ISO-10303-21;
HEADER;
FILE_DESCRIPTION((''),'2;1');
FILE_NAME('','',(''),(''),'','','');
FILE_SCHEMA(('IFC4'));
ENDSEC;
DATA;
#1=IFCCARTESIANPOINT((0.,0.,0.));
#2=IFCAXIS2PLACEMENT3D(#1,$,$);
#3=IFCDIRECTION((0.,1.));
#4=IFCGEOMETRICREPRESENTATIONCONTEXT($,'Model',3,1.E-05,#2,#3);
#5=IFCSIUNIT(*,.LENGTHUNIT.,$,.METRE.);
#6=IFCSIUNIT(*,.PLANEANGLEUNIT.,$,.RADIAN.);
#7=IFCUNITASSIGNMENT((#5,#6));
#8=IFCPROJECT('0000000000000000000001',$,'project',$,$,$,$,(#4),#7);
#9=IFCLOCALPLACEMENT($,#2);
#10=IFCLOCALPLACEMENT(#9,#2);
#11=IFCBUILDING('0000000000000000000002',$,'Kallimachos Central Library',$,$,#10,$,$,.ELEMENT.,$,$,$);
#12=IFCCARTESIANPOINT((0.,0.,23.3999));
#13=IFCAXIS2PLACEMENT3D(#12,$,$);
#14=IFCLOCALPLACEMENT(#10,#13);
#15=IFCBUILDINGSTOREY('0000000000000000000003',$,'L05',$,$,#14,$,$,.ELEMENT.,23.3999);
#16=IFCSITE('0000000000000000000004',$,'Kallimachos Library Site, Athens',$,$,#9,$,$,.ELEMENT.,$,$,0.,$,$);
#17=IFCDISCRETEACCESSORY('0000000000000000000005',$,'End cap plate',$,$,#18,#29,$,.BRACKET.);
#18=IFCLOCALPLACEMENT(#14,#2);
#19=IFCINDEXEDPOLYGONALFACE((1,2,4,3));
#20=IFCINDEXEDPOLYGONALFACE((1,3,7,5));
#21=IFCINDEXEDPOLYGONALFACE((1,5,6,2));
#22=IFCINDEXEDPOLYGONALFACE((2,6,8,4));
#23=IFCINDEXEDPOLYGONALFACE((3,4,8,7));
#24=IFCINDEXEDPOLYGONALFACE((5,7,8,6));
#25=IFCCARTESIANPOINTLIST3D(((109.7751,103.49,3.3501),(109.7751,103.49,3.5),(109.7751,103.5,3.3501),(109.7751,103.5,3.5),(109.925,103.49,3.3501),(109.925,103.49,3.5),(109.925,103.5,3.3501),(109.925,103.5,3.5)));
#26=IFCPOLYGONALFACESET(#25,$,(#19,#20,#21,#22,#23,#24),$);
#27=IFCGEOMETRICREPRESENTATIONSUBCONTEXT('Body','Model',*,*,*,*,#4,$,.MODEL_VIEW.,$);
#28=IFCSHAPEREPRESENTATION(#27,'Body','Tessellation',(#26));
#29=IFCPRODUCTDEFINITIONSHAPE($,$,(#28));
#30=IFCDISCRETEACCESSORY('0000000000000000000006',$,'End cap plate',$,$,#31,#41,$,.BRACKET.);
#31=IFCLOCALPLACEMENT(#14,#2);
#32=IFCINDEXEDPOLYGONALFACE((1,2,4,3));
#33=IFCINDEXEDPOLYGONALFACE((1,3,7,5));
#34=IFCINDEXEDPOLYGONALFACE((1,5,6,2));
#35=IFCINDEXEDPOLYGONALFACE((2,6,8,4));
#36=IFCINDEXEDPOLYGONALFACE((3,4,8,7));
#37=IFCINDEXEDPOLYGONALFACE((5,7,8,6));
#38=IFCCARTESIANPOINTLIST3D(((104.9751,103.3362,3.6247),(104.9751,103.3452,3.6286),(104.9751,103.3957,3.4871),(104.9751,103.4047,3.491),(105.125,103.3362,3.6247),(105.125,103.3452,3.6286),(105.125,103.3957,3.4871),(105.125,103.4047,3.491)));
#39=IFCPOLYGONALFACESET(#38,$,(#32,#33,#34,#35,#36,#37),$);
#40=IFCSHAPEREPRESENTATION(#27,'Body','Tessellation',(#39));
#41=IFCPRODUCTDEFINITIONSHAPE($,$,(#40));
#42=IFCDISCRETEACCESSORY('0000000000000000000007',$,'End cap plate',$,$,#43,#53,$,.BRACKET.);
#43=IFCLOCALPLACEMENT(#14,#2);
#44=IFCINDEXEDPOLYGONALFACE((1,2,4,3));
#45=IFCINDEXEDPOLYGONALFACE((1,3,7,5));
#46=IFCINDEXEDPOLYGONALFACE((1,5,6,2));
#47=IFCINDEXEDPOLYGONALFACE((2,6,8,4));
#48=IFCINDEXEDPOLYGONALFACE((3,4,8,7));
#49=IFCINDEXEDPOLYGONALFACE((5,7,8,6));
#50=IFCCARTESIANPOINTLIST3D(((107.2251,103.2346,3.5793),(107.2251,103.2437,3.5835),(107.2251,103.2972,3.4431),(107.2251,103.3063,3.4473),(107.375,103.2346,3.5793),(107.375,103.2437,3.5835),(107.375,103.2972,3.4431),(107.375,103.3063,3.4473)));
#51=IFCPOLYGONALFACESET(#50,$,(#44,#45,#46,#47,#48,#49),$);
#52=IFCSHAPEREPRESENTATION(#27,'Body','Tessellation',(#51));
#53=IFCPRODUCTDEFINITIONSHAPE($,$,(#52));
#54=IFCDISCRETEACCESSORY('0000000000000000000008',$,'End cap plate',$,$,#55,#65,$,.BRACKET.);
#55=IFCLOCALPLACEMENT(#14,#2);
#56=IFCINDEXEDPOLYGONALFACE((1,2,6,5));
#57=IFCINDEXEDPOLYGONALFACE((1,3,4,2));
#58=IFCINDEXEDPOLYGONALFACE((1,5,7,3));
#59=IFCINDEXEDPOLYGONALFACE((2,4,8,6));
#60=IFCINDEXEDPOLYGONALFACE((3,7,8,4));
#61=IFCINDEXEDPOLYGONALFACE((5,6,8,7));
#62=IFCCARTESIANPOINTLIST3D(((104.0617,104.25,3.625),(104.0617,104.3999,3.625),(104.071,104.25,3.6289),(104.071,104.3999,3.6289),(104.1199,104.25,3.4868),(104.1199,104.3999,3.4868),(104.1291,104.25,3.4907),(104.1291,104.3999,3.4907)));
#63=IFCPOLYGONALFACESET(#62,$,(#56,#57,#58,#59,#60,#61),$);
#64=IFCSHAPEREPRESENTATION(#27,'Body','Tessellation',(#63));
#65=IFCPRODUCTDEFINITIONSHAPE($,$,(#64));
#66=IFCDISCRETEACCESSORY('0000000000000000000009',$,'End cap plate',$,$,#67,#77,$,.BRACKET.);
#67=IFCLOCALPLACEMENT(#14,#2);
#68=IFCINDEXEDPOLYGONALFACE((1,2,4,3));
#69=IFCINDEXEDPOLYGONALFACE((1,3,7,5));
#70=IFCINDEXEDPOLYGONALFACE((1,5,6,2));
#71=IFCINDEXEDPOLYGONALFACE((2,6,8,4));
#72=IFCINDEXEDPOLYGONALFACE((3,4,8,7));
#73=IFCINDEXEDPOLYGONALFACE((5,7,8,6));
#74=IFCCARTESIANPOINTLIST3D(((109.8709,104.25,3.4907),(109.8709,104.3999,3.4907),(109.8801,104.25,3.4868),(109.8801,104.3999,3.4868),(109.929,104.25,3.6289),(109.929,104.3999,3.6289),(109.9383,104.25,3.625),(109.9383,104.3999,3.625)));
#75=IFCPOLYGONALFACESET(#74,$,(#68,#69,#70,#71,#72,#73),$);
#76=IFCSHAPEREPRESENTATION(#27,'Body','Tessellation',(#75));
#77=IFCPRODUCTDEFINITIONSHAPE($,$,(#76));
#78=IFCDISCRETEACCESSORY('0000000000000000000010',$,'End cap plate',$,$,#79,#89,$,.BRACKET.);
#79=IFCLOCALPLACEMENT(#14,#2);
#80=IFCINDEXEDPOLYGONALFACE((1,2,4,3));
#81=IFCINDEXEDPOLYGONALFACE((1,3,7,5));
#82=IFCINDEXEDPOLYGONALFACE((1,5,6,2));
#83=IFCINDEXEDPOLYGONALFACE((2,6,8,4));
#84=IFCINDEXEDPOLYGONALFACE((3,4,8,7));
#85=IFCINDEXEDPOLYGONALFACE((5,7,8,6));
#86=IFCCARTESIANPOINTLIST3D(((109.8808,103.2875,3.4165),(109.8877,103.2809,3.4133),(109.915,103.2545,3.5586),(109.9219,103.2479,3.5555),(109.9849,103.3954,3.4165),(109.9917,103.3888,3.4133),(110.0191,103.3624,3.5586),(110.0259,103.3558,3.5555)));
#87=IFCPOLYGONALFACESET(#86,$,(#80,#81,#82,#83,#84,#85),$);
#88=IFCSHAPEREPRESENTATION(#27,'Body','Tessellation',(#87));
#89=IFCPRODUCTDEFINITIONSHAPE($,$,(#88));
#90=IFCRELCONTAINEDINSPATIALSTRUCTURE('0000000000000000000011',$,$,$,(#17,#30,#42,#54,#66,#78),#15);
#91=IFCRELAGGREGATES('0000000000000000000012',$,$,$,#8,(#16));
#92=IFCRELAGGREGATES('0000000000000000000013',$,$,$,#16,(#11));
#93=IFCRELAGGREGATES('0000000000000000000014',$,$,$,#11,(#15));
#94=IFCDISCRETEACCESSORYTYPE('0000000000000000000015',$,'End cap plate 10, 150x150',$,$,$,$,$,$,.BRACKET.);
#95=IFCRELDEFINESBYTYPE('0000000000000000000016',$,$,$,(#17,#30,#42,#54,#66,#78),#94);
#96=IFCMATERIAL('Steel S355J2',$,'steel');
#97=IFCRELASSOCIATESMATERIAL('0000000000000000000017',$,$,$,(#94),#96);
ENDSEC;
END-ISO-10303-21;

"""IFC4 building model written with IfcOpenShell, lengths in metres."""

from ifc_helpers import new_model, si_unit, direction, frame, origin, origin_2d, place, context, subcontext, project, spatial, rectangle, extrude, material, material_profile, profile_set, type_object, element, save


model = new_model("IFC4")

# Units and contexts
model_context = context("Model", 3, precision=1e-05, world=origin(), true_north=direction((0.0, 1.0)))
body_context = subcontext(model_context, "Body", "Model", "MODEL_VIEW")
ifc_project = project(units=[si_unit("LENGTHUNIT", "METRE"), si_unit("PLANEANGLEUNIT", "RADIAN")], contexts=[model_context])

# Site, building, storey
site_placement = place(None, origin())
site = spatial("IfcSite", under=ifc_project, at=site_placement, Name="Kallimachos Library Site, Athens", CompositionType="ELEMENT", RefElevation=0.0)
building_placement = place(site_placement, origin())
building = spatial("IfcBuilding", under=site, at=building_placement, Name="Kallimachos Central Library", CompositionType="ELEMENT")
storey_placement = place(building_placement, frame((0.0, 0.0, 23.3999)))
storey = spatial("IfcBuildingStorey", under=building, at=storey_placement, Name="L05", CompositionType="ELEMENT", Elevation=23.3999)

# Discrete accessories
ifc_material_1 = material(Name="Steel S355J2", Category="steel")
ifc_material_profile_1 = material_profile(ifc_material_1, rectangle(XDim=0.1499, YDim=0.1499, at=origin_2d()), Name="End cap plate 10, 150x150")
ifc_profile_set_1 = profile_set([ifc_material_profile_1], Name="Steel S355J2")
discrete_accessory_type = type_object("IfcDiscreteAccessoryType", Name="End cap plate 10, 150x150", PredefinedType="BRACKET", material=ifc_profile_set_1)
for number, where, z_axis, x_axis, name in (
    (1, (109.8501, 103.49, 3.425), (0.0, 1.0, 0.0), (-1.0, 0.0, 0.0), "End cap plate"),
):
    element("IfcDiscreteAccessory", number, at=place(storey_placement, frame(where, z_axis=z_axis, x_axis=x_axis)), inside=storey, type_object=discrete_accessory_type, Name=name, PredefinedType="BRACKET", context=body_context, shape_type="SweptSolid", body=[
        extrude(rectangle(XDim=0.1499, YDim=0.1499, at=origin_2d()), origin(), (0.0, 0.0, 1.0), 0.01),
    ])
discrete_accessory_placement = place(storey_placement, frame((105.05, 103.366, 3.5559), z_axis=(0.0, 0.917857, 0.396911), x_axis=(-1.0, 0.0, 0.0)))
element("IfcDiscreteAccessory", 2, at=discrete_accessory_placement, inside=storey, type_object=discrete_accessory_type, Name="End cap plate", PredefinedType="BRACKET", context=body_context, shape_type="SweptSolid", body=[
    extrude(rectangle(XDim=0.1499, YDim=0.1499, at=origin_2d()), origin(), (0.0, 0.0, 1.0), 0.0098),
])
for number, where, z_axis, x_axis, name in (
    (3, (107.3, 103.2659, 3.5112), (0.0, 0.908677, 0.4175), (-1.0, 0.0, 0.0), "End cap plate"),
    (4, (104.0908, 104.325, 3.5559), (0.921635, 0.0, 0.388057), (0.0, 1.0, 0.0), "End cap plate"),
    (5, (109.9092, 104.325, 3.5559), (-0.921635, 0.0, 0.388057), (0.0, -1.0, 0.0), "End cap plate"),
    (6, (109.9568, 103.3184, 3.4844), (-0.682724, 0.658341, 0.316979), (-0.694136, -0.719844, 0.0), "End cap plate"),
):
    element("IfcDiscreteAccessory", number, at=place(storey_placement, frame(where, z_axis=z_axis, x_axis=x_axis)), inside=storey, type_object=discrete_accessory_type, Name=name, PredefinedType="BRACKET", context=body_context, shape_type="SweptSolid", body=[
        extrude(rectangle(XDim=0.1499, YDim=0.1499, at=origin_2d()), origin(), (0.0, 0.0, 1.0), 0.01),
    ])

save(model, "model.ifc")
